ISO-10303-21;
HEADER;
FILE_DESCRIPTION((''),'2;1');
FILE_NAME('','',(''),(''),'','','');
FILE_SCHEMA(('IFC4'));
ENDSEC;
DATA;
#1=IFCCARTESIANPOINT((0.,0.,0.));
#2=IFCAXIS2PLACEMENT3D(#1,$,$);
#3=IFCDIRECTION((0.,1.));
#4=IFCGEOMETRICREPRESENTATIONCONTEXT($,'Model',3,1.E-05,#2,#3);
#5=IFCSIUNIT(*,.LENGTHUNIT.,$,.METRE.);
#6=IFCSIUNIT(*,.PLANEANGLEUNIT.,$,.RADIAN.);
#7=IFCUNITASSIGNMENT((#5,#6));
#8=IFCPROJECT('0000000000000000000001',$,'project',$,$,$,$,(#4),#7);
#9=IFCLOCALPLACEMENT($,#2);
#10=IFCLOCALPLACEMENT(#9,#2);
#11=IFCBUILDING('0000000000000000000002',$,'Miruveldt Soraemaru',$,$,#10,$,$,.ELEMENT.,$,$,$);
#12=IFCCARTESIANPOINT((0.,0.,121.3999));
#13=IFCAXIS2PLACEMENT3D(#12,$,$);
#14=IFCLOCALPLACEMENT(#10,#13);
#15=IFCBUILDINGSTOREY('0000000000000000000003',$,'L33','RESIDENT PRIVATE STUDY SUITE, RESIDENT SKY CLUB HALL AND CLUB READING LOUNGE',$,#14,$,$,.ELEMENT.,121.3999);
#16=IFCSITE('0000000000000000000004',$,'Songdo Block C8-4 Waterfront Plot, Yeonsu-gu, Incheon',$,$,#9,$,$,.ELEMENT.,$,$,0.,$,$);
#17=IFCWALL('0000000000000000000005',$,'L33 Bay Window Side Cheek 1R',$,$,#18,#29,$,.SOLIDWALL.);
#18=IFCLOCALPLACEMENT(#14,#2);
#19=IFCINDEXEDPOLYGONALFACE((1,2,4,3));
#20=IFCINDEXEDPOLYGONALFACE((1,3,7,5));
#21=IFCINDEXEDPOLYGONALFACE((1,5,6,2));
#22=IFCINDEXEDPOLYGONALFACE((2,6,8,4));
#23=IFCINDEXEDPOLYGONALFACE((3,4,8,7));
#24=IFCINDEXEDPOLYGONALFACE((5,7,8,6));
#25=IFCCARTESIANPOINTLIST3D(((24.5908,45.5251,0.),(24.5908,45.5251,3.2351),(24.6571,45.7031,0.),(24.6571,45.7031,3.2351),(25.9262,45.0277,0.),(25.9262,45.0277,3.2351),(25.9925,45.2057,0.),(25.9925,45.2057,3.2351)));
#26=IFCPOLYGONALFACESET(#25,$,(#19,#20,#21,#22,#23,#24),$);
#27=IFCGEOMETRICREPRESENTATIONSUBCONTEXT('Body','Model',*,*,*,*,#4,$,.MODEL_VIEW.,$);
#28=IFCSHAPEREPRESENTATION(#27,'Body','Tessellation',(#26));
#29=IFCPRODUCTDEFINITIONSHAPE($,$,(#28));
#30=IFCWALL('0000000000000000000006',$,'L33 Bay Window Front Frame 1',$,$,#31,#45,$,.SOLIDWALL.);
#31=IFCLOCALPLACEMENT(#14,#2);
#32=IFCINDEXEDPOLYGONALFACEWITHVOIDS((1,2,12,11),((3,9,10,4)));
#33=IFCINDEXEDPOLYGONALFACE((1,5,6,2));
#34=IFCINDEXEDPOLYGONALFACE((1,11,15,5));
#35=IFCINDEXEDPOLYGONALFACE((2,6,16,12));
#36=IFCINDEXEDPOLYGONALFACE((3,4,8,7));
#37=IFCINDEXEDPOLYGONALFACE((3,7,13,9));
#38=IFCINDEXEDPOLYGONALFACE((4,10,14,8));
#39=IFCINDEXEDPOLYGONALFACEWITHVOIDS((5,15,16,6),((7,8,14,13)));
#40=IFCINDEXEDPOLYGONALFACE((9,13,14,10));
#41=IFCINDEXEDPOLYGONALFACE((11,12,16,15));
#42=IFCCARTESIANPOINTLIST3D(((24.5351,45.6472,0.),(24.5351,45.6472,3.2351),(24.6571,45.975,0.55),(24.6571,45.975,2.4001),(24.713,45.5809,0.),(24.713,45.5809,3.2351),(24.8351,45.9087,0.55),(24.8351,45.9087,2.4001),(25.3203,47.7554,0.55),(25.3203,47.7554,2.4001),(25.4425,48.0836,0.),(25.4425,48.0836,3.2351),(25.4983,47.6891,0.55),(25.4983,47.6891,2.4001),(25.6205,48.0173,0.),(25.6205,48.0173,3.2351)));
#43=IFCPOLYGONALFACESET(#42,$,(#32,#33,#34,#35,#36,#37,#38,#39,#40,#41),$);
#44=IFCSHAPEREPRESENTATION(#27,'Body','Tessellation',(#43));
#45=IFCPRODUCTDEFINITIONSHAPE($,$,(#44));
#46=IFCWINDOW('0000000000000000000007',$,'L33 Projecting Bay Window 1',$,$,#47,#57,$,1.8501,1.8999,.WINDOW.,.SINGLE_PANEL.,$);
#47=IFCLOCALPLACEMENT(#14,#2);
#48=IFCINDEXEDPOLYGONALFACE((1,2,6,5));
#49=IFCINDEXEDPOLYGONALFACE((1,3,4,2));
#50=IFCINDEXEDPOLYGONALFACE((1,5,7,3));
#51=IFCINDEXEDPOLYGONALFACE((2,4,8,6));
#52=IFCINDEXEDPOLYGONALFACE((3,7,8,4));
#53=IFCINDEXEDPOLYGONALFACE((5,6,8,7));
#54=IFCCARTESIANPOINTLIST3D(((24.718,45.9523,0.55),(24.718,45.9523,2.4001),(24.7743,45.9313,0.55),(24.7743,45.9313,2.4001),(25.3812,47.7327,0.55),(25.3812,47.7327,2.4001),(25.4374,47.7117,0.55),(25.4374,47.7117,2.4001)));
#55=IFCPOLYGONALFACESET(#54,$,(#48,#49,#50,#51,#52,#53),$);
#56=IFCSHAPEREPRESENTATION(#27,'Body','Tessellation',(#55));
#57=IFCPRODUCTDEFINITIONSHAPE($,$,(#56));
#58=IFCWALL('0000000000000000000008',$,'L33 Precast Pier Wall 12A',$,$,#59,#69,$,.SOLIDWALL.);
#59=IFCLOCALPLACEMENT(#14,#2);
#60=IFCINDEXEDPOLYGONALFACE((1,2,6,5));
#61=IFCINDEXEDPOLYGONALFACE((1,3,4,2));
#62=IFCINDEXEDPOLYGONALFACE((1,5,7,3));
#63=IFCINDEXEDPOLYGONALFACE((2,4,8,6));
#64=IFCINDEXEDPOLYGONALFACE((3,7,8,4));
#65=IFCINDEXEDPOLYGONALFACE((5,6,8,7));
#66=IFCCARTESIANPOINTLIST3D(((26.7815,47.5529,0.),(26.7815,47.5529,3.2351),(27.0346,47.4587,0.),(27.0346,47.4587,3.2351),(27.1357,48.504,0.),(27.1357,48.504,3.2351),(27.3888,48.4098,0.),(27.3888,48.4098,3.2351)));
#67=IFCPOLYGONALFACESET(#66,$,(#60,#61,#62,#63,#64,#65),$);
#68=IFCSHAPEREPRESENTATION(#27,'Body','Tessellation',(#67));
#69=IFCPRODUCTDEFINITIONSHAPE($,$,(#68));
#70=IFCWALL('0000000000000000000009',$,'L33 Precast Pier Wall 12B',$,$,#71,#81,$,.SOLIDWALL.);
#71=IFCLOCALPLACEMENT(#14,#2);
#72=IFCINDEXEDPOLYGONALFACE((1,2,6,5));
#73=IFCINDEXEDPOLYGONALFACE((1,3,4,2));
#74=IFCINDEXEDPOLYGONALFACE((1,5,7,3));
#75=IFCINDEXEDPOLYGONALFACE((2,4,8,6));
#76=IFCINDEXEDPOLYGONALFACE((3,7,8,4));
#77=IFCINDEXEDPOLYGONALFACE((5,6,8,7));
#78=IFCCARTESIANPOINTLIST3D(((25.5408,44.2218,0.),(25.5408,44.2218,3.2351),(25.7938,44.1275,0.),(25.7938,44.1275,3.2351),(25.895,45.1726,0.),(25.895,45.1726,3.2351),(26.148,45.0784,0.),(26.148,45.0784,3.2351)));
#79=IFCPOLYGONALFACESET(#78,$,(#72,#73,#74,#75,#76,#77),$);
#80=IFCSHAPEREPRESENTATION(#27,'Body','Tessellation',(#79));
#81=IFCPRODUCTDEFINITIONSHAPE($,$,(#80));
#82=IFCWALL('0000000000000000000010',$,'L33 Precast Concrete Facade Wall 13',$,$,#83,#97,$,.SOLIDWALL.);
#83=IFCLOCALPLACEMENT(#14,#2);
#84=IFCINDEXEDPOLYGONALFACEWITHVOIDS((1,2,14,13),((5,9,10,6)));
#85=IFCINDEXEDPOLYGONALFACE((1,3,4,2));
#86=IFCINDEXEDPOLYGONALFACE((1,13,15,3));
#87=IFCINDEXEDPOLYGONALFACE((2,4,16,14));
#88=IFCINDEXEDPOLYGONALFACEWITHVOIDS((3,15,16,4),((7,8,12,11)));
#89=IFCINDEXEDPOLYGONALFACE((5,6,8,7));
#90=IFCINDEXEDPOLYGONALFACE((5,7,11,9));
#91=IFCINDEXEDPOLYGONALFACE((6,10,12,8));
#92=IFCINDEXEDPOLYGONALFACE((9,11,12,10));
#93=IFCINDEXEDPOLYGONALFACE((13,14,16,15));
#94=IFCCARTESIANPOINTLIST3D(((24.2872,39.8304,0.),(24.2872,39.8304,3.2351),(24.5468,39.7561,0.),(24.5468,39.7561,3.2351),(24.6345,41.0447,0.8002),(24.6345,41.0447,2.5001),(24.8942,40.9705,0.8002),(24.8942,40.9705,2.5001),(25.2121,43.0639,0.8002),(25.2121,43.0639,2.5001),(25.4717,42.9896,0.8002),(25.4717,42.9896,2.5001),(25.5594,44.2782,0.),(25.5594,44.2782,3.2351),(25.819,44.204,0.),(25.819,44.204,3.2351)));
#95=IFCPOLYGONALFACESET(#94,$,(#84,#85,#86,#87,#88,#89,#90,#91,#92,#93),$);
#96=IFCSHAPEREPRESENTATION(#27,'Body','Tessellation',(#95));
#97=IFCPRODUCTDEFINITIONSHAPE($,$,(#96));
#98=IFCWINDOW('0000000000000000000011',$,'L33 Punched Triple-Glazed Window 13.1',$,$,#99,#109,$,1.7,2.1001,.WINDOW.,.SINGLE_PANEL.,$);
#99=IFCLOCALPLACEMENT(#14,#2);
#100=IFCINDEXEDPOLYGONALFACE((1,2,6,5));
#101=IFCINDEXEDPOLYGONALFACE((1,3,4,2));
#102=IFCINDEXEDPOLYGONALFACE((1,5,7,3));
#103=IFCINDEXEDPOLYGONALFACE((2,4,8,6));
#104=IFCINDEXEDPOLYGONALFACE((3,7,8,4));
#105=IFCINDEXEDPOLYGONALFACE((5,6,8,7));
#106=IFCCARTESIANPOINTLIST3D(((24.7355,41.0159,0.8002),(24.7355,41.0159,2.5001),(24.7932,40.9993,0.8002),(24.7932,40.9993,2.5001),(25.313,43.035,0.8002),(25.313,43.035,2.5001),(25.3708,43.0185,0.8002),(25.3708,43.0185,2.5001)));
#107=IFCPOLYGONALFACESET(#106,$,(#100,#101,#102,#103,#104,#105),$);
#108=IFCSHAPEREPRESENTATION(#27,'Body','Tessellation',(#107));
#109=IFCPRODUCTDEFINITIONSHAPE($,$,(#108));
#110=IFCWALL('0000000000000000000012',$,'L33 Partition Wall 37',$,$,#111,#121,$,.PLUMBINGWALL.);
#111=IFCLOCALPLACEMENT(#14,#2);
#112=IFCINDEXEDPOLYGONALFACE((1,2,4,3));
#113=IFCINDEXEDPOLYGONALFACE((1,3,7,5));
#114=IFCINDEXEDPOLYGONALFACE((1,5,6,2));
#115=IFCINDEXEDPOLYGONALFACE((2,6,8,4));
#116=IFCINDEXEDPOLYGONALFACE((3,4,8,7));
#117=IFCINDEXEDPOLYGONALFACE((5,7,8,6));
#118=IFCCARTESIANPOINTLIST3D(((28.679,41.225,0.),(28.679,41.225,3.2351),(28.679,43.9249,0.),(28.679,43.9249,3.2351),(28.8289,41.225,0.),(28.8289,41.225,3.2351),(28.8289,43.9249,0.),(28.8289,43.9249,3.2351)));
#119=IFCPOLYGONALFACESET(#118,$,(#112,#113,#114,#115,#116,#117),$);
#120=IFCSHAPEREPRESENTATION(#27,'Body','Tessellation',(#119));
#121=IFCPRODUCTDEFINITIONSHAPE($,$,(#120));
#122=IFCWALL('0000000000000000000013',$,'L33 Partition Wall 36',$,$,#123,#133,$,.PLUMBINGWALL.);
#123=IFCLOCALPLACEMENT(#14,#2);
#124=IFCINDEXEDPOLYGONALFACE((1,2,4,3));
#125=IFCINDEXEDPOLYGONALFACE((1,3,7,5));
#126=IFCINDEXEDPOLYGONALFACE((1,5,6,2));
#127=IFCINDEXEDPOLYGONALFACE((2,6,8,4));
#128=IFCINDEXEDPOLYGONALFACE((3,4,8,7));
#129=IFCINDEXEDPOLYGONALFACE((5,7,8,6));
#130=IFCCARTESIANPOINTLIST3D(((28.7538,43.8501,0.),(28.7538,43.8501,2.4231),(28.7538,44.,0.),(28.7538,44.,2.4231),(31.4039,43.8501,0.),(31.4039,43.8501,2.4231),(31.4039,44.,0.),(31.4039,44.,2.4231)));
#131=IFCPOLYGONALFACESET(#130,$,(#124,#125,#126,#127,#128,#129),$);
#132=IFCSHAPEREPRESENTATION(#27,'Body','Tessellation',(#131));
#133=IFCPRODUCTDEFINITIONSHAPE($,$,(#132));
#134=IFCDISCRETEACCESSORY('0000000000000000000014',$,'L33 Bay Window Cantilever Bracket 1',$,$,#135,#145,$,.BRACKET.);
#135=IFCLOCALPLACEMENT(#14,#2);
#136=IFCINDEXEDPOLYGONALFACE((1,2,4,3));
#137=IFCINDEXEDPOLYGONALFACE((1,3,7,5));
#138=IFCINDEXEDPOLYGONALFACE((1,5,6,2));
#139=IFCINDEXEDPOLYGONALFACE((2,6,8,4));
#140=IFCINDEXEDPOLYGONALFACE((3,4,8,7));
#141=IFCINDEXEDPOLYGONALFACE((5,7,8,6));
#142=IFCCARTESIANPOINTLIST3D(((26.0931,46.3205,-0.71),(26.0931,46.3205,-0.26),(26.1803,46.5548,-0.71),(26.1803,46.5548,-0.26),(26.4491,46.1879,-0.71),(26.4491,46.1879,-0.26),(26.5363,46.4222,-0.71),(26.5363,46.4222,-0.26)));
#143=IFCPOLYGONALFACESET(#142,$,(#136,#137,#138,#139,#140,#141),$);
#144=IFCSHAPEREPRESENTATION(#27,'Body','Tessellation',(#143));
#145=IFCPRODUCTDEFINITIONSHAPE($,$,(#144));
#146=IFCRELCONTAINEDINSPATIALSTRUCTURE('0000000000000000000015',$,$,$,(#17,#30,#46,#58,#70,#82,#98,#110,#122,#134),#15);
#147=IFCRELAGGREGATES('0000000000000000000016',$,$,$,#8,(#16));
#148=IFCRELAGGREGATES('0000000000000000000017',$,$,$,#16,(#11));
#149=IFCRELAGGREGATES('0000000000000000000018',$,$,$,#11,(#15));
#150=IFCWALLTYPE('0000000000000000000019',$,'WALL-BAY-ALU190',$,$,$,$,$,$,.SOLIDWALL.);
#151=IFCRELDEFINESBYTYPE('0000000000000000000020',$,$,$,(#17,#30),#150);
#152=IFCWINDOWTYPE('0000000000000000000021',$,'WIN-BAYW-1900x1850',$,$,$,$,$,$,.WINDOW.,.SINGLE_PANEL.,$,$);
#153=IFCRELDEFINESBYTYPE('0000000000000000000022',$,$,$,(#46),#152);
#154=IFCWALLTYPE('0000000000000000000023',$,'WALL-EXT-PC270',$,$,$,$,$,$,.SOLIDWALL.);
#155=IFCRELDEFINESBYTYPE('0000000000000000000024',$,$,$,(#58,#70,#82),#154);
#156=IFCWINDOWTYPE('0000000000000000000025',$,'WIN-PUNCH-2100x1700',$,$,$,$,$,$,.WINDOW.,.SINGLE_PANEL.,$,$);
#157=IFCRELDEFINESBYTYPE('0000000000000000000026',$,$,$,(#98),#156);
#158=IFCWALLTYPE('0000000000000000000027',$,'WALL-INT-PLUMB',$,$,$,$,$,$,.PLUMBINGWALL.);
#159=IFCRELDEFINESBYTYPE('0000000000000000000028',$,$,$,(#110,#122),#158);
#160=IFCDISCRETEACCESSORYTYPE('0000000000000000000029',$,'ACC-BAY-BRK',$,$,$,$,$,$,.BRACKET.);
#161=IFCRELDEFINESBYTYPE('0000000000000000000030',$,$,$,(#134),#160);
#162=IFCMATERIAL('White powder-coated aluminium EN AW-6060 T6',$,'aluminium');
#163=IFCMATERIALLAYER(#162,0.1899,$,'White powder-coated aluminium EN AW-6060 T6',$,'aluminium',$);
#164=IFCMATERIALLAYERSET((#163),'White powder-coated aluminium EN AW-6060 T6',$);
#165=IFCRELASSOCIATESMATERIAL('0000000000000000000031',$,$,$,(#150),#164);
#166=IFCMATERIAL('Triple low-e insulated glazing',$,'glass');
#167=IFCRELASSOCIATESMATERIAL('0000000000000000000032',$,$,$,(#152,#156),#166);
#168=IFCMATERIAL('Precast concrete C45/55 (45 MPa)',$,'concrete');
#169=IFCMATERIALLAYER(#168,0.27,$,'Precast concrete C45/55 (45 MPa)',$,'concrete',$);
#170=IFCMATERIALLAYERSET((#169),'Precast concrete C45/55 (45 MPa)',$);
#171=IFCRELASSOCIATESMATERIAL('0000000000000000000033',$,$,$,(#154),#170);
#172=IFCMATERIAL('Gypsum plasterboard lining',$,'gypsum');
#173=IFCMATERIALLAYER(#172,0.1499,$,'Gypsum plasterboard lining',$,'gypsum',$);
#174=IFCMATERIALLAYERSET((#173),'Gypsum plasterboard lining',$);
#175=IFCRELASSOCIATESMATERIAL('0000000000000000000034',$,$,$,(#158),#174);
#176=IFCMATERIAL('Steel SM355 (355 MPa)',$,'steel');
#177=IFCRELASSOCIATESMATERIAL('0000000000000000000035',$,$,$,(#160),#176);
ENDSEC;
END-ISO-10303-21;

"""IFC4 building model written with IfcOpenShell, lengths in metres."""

from ifc_helpers import new_model, si_unit, direction, frame, frame_2d, origin, origin_2d, place, context, subcontext, project, spatial, rectangle, extrude, material, layer, layer_set, type_object, element, fill, save


model = new_model("IFC4")

# Units and contexts
model_context = context("Model", 3, precision=1e-05, world=origin(), true_north=direction((0.0, 1.0)))
body_context = subcontext(model_context, "Body", "Model", "MODEL_VIEW")
ifc_project = project(units=[si_unit("LENGTHUNIT", "METRE"), si_unit("PLANEANGLEUNIT", "RADIAN")], contexts=[model_context])

# Site, building, storey
site_placement = place(None, origin())
site = spatial("IfcSite", under=ifc_project, at=site_placement, Name="Songdo Block C8-4 Waterfront Plot, Yeonsu-gu, Incheon", CompositionType="ELEMENT", RefElevation=0.0)
building_placement = place(site_placement, origin())
building = spatial("IfcBuilding", under=site, at=building_placement, Name="Miruveldt Soraemaru", CompositionType="ELEMENT")
storey_placement = place(building_placement, frame((0.0, 0.0, 121.3999)))
storey = spatial("IfcBuildingStorey", under=building, at=storey_placement, Name="L33", Description="RESIDENT PRIVATE STUDY SUITE, RESIDENT SKY CLUB HALL AND CLUB READING LOUNGE", CompositionType="ELEMENT", Elevation=121.3999)

# Shared definitions
ifc_material_1 = material(Name="Steel SM355 (355 MPa)", Category="steel")

# Wall
ifc_material_2 = material(Name="White powder-coated aluminium EN AW-6060 T6", Category="aluminium")
ifc_layer_1 = layer(ifc_material_2, 0.1899, Name="White powder-coated aluminium EN AW-6060 T6", Category="aluminium")
ifc_layer_set_1 = layer_set([ifc_layer_1], Name="White powder-coated aluminium EN AW-6060 T6")
wall_type_1 = type_object("IfcWallType", Name="WALL-BAY-ALU190", PredefinedType="SOLIDWALL", material=ifc_layer_set_1)
for number, where, z_axis, x_axis, name in (
    (1, (24.624, 45.614, 0.0), (0.0, 0.0, 1.0), (0.937129, -0.348982, 0.0), "L33 Bay Window Side Cheek 1R"),
):
    element("IfcWall", number, at=place(storey_placement, frame(where, z_axis=z_axis, x_axis=x_axis)), inside=storey, type_object=wall_type_1, Name=name, PredefinedType="SOLIDWALL", context=body_context, shape_type="SweptSolid", body=[
        extrude(rectangle(XDim=1.425, YDim=0.1899, at=frame_2d((0.7124, 0.0))), origin(), (0.0, 0.0, 1.0), 3.2351),
    ])

# Wall, opening, window
wall_1_placement = place(storey_placement, frame((25.5315, 48.0503, 0.0), z_axis=(0.0, 0.0, 1.0), x_axis=(-0.349054, -0.937103, 0.0)))
wall_1 = element("IfcWall", 2, at=wall_1_placement, inside=storey, type_object=wall_type_1, Name="L33 Bay Window Front Frame 1", PredefinedType="SOLIDWALL", context=body_context, shape_type="SweptSolid", body=[
    extrude(rectangle(XDim=2.5999, YDim=0.1899, at=frame_2d((1.2998, 0.0))), origin(), (0.0, 0.0, 1.0), 3.2351),
])
opening_1_placement = place(wall_1_placement, frame((0.3501, 0.0, 0.55)))
opening_1 = element("IfcOpeningElement", 3, at=opening_1_placement, cuts=wall_1, PredefinedType="OPENING", context=body_context, shape_type="SweptSolid", body=[
    extrude(rectangle(XDim=1.8999, YDim=1.8501, at=frame_2d((0.95, 0.925))), frame((0.0, 0.105, 0.0), z_axis=(0.0, -1.0, 0.0), x_axis=(1.0, 0.0, 0.0)), (0.0, 0.0, 1.0), 0.21),
])
ifc_material_3 = material(Name="Triple low-e insulated glazing", Category="glass")
window_type_1 = type_object("IfcWindowType", Name="WIN-BAYW-1900x1850", PartitioningType="SINGLE_PANEL", PredefinedType="WINDOW", material=ifc_material_3)
window_1_placement = place(opening_1_placement, origin())
window_1 = element("IfcWindow", 4, at=window_1_placement, inside=storey, type_object=window_type_1, Name="L33 Projecting Bay Window 1", OverallHeight=1.8501, OverallWidth=1.8999, PartitioningType="SINGLE_PANEL", PredefinedType="WINDOW", context=body_context, shape_type="SweptSolid", body=[
    extrude(rectangle(XDim=1.8999, YDim=1.8501, at=frame_2d((0.95, 0.925))), frame((0.0, 0.03, 0.0), z_axis=(0.0, -1.0, 0.0), x_axis=(1.0, 0.0, 0.0)), (0.0, 0.0, 1.0), 0.0601),
])
fill(opening_1, window_1)

# Walls
ifc_material_4 = material(Name="Precast concrete C45/55 (45 MPa)", Category="concrete")
ifc_layer_2 = layer(ifc_material_4, 0.27, Name="Precast concrete C45/55 (45 MPa)", Category="concrete")
ifc_layer_set_2 = layer_set([ifc_layer_2], Name="Precast concrete C45/55 (45 MPa)")
wall_type_2 = type_object("IfcWallType", Name="WALL-EXT-PC270", PredefinedType="SOLIDWALL", material=ifc_layer_set_2)
wall_2_placement = place(storey_placement, frame((27.2622, 48.4568, 0.0), z_axis=(0.0, 0.0, 1.0), x_axis=(-0.349014, -0.937118, 0.0)))
element("IfcWall", 5, at=wall_2_placement, inside=storey, type_object=wall_type_2, Name="L33 Precast Pier Wall 12A", PredefinedType="SOLIDWALL", context=body_context, shape_type="SweptSolid", body=[
    extrude(rectangle(XDim=1.0149, YDim=0.27, at=frame_2d((0.5073, 0.0))), origin(), (0.0, 0.0, 1.0), 3.2351),
])
wall_3_placement = place(storey_placement, frame((26.0215, 45.1255, 0.0), z_axis=(0.0, 0.0, 1.0), x_axis=(-0.349092, -0.937088, 0.0)))
element("IfcWall", 6, at=wall_3_placement, inside=storey, type_object=wall_type_2, Name="L33 Precast Pier Wall 12B", PredefinedType="SOLIDWALL", context=body_context, shape_type="SweptSolid", body=[
    extrude(rectangle(XDim=1.0146, YDim=0.27, at=frame_2d((0.5073, 0.0))), origin(), (0.0, 0.0, 1.0), 3.2351),
])

# Wall, opening, window
wall_4_placement = place(storey_placement, frame((25.6892, 44.241, 0.0), z_axis=(0.0, 0.0, 1.0), x_axis=(-0.275007, -0.961442, 0.0)))
wall_4 = element("IfcWall", 7, at=wall_4_placement, inside=storey, type_object=wall_type_2, Name="L33 Precast Concrete Facade Wall 13", PredefinedType="SOLIDWALL", context=body_context, shape_type="SweptSolid", body=[
    extrude(rectangle(XDim=4.6262, YDim=0.27, at=frame_2d((2.313, 0.0))), origin(), (0.0, 0.0, 1.0), 3.2351),
])
opening_2_placement = place(wall_4_placement, frame((1.2629, 0.0, 0.8)))
opening_2 = element("IfcOpeningElement", 8, at=opening_2_placement, cuts=wall_4, PredefinedType="OPENING", context=body_context, shape_type="SweptSolid", body=[
    extrude(rectangle(XDim=2.1001, YDim=1.7, at=frame_2d((1.05, 0.8501))), frame((0.0, 0.145, 0.0), z_axis=(0.0, -1.0, 0.0), x_axis=(1.0, 0.0, 0.0)), (0.0, 0.0, 1.0), 0.29),
])
window_type_2 = type_object("IfcWindowType", Name="WIN-PUNCH-2100x1700", PartitioningType="SINGLE_PANEL", PredefinedType="WINDOW", material=ifc_material_3)
window_2_placement = place(opening_2_placement, origin())
window_2 = element("IfcWindow", 9, at=window_2_placement, inside=storey, type_object=window_type_2, Name="L33 Punched Triple-Glazed Window 13.1", OverallHeight=1.7, OverallWidth=2.1001, PartitioningType="SINGLE_PANEL", PredefinedType="WINDOW", context=body_context, shape_type="SweptSolid", body=[
    extrude(rectangle(XDim=2.1001, YDim=1.7, at=frame_2d((1.05, 0.8501))), frame((0.0, 0.03, 0.0), z_axis=(0.0, -1.0, 0.0), x_axis=(1.0, 0.0, 0.0)), (0.0, 0.0, 1.0), 0.0601),
])
fill(opening_2, window_2)

# Walls
ifc_material_5 = material(Name="Gypsum plasterboard lining", Category="gypsum")
ifc_layer_3 = layer(ifc_material_5, 0.1499, Name="Gypsum plasterboard lining", Category="gypsum")
ifc_layer_set_3 = layer_set([ifc_layer_3], Name="Gypsum plasterboard lining")
wall_type_3 = type_object("IfcWallType", Name="WALL-INT-PLUMB", PredefinedType="PLUMBINGWALL", material=ifc_layer_set_3)
wall_5_placement = place(storey_placement, frame((28.7539, 43.925, 0.0), z_axis=(0.0, 0.0, 1.0), x_axis=(0.0, -1.0, 0.0)))
element("IfcWall", 10, at=wall_5_placement, inside=storey, type_object=wall_type_3, Name="L33 Partition Wall 37", PredefinedType="PLUMBINGWALL", context=body_context, shape_type="SweptSolid", body=[
    extrude(rectangle(XDim=2.7, YDim=0.1499, at=frame_2d((1.3501, 0.0))), origin(), (0.0, 0.0, 1.0), 3.2351),
])
wall_6_placement = place(storey_placement, frame((31.4041, 43.925, 0.0), z_axis=(0.0, 0.0, 1.0), x_axis=(-1.0, 0.0, 0.0)))
element("IfcWall", 11, at=wall_6_placement, inside=storey, type_object=wall_type_3, Name="L33 Partition Wall 36", PredefinedType="PLUMBINGWALL", context=body_context, shape_type="SweptSolid", body=[
    extrude(rectangle(XDim=2.6501, YDim=0.1499, at=frame_2d((1.3252, 0.0))), origin(), (0.0, 0.0, 1.0), 2.4231),
])

# Discrete accessory
discrete_accessory_type = type_object("IfcDiscreteAccessoryType", Name="ACC-BAY-BRK", PredefinedType="BRACKET", material=ifc_material_1)
discrete_accessory_placement = place(storey_placement, frame((26.3147, 46.3713, -0.71), z_axis=(0.0, 0.0, 1.0), x_axis=(-0.937112, 0.34903, 0.0)))
element("IfcDiscreteAccessory", 12, at=discrete_accessory_placement, inside=storey, type_object=discrete_accessory_type, Name="L33 Bay Window Cantilever Bracket 1", PredefinedType="BRACKET", context=body_context, shape_type="SweptSolid", body=[
    extrude(rectangle(XDim=0.3799, YDim=0.25, at=origin_2d()), origin(), (0.0, 0.0, 1.0), 0.45),
])

save(model, "model.ifc")
